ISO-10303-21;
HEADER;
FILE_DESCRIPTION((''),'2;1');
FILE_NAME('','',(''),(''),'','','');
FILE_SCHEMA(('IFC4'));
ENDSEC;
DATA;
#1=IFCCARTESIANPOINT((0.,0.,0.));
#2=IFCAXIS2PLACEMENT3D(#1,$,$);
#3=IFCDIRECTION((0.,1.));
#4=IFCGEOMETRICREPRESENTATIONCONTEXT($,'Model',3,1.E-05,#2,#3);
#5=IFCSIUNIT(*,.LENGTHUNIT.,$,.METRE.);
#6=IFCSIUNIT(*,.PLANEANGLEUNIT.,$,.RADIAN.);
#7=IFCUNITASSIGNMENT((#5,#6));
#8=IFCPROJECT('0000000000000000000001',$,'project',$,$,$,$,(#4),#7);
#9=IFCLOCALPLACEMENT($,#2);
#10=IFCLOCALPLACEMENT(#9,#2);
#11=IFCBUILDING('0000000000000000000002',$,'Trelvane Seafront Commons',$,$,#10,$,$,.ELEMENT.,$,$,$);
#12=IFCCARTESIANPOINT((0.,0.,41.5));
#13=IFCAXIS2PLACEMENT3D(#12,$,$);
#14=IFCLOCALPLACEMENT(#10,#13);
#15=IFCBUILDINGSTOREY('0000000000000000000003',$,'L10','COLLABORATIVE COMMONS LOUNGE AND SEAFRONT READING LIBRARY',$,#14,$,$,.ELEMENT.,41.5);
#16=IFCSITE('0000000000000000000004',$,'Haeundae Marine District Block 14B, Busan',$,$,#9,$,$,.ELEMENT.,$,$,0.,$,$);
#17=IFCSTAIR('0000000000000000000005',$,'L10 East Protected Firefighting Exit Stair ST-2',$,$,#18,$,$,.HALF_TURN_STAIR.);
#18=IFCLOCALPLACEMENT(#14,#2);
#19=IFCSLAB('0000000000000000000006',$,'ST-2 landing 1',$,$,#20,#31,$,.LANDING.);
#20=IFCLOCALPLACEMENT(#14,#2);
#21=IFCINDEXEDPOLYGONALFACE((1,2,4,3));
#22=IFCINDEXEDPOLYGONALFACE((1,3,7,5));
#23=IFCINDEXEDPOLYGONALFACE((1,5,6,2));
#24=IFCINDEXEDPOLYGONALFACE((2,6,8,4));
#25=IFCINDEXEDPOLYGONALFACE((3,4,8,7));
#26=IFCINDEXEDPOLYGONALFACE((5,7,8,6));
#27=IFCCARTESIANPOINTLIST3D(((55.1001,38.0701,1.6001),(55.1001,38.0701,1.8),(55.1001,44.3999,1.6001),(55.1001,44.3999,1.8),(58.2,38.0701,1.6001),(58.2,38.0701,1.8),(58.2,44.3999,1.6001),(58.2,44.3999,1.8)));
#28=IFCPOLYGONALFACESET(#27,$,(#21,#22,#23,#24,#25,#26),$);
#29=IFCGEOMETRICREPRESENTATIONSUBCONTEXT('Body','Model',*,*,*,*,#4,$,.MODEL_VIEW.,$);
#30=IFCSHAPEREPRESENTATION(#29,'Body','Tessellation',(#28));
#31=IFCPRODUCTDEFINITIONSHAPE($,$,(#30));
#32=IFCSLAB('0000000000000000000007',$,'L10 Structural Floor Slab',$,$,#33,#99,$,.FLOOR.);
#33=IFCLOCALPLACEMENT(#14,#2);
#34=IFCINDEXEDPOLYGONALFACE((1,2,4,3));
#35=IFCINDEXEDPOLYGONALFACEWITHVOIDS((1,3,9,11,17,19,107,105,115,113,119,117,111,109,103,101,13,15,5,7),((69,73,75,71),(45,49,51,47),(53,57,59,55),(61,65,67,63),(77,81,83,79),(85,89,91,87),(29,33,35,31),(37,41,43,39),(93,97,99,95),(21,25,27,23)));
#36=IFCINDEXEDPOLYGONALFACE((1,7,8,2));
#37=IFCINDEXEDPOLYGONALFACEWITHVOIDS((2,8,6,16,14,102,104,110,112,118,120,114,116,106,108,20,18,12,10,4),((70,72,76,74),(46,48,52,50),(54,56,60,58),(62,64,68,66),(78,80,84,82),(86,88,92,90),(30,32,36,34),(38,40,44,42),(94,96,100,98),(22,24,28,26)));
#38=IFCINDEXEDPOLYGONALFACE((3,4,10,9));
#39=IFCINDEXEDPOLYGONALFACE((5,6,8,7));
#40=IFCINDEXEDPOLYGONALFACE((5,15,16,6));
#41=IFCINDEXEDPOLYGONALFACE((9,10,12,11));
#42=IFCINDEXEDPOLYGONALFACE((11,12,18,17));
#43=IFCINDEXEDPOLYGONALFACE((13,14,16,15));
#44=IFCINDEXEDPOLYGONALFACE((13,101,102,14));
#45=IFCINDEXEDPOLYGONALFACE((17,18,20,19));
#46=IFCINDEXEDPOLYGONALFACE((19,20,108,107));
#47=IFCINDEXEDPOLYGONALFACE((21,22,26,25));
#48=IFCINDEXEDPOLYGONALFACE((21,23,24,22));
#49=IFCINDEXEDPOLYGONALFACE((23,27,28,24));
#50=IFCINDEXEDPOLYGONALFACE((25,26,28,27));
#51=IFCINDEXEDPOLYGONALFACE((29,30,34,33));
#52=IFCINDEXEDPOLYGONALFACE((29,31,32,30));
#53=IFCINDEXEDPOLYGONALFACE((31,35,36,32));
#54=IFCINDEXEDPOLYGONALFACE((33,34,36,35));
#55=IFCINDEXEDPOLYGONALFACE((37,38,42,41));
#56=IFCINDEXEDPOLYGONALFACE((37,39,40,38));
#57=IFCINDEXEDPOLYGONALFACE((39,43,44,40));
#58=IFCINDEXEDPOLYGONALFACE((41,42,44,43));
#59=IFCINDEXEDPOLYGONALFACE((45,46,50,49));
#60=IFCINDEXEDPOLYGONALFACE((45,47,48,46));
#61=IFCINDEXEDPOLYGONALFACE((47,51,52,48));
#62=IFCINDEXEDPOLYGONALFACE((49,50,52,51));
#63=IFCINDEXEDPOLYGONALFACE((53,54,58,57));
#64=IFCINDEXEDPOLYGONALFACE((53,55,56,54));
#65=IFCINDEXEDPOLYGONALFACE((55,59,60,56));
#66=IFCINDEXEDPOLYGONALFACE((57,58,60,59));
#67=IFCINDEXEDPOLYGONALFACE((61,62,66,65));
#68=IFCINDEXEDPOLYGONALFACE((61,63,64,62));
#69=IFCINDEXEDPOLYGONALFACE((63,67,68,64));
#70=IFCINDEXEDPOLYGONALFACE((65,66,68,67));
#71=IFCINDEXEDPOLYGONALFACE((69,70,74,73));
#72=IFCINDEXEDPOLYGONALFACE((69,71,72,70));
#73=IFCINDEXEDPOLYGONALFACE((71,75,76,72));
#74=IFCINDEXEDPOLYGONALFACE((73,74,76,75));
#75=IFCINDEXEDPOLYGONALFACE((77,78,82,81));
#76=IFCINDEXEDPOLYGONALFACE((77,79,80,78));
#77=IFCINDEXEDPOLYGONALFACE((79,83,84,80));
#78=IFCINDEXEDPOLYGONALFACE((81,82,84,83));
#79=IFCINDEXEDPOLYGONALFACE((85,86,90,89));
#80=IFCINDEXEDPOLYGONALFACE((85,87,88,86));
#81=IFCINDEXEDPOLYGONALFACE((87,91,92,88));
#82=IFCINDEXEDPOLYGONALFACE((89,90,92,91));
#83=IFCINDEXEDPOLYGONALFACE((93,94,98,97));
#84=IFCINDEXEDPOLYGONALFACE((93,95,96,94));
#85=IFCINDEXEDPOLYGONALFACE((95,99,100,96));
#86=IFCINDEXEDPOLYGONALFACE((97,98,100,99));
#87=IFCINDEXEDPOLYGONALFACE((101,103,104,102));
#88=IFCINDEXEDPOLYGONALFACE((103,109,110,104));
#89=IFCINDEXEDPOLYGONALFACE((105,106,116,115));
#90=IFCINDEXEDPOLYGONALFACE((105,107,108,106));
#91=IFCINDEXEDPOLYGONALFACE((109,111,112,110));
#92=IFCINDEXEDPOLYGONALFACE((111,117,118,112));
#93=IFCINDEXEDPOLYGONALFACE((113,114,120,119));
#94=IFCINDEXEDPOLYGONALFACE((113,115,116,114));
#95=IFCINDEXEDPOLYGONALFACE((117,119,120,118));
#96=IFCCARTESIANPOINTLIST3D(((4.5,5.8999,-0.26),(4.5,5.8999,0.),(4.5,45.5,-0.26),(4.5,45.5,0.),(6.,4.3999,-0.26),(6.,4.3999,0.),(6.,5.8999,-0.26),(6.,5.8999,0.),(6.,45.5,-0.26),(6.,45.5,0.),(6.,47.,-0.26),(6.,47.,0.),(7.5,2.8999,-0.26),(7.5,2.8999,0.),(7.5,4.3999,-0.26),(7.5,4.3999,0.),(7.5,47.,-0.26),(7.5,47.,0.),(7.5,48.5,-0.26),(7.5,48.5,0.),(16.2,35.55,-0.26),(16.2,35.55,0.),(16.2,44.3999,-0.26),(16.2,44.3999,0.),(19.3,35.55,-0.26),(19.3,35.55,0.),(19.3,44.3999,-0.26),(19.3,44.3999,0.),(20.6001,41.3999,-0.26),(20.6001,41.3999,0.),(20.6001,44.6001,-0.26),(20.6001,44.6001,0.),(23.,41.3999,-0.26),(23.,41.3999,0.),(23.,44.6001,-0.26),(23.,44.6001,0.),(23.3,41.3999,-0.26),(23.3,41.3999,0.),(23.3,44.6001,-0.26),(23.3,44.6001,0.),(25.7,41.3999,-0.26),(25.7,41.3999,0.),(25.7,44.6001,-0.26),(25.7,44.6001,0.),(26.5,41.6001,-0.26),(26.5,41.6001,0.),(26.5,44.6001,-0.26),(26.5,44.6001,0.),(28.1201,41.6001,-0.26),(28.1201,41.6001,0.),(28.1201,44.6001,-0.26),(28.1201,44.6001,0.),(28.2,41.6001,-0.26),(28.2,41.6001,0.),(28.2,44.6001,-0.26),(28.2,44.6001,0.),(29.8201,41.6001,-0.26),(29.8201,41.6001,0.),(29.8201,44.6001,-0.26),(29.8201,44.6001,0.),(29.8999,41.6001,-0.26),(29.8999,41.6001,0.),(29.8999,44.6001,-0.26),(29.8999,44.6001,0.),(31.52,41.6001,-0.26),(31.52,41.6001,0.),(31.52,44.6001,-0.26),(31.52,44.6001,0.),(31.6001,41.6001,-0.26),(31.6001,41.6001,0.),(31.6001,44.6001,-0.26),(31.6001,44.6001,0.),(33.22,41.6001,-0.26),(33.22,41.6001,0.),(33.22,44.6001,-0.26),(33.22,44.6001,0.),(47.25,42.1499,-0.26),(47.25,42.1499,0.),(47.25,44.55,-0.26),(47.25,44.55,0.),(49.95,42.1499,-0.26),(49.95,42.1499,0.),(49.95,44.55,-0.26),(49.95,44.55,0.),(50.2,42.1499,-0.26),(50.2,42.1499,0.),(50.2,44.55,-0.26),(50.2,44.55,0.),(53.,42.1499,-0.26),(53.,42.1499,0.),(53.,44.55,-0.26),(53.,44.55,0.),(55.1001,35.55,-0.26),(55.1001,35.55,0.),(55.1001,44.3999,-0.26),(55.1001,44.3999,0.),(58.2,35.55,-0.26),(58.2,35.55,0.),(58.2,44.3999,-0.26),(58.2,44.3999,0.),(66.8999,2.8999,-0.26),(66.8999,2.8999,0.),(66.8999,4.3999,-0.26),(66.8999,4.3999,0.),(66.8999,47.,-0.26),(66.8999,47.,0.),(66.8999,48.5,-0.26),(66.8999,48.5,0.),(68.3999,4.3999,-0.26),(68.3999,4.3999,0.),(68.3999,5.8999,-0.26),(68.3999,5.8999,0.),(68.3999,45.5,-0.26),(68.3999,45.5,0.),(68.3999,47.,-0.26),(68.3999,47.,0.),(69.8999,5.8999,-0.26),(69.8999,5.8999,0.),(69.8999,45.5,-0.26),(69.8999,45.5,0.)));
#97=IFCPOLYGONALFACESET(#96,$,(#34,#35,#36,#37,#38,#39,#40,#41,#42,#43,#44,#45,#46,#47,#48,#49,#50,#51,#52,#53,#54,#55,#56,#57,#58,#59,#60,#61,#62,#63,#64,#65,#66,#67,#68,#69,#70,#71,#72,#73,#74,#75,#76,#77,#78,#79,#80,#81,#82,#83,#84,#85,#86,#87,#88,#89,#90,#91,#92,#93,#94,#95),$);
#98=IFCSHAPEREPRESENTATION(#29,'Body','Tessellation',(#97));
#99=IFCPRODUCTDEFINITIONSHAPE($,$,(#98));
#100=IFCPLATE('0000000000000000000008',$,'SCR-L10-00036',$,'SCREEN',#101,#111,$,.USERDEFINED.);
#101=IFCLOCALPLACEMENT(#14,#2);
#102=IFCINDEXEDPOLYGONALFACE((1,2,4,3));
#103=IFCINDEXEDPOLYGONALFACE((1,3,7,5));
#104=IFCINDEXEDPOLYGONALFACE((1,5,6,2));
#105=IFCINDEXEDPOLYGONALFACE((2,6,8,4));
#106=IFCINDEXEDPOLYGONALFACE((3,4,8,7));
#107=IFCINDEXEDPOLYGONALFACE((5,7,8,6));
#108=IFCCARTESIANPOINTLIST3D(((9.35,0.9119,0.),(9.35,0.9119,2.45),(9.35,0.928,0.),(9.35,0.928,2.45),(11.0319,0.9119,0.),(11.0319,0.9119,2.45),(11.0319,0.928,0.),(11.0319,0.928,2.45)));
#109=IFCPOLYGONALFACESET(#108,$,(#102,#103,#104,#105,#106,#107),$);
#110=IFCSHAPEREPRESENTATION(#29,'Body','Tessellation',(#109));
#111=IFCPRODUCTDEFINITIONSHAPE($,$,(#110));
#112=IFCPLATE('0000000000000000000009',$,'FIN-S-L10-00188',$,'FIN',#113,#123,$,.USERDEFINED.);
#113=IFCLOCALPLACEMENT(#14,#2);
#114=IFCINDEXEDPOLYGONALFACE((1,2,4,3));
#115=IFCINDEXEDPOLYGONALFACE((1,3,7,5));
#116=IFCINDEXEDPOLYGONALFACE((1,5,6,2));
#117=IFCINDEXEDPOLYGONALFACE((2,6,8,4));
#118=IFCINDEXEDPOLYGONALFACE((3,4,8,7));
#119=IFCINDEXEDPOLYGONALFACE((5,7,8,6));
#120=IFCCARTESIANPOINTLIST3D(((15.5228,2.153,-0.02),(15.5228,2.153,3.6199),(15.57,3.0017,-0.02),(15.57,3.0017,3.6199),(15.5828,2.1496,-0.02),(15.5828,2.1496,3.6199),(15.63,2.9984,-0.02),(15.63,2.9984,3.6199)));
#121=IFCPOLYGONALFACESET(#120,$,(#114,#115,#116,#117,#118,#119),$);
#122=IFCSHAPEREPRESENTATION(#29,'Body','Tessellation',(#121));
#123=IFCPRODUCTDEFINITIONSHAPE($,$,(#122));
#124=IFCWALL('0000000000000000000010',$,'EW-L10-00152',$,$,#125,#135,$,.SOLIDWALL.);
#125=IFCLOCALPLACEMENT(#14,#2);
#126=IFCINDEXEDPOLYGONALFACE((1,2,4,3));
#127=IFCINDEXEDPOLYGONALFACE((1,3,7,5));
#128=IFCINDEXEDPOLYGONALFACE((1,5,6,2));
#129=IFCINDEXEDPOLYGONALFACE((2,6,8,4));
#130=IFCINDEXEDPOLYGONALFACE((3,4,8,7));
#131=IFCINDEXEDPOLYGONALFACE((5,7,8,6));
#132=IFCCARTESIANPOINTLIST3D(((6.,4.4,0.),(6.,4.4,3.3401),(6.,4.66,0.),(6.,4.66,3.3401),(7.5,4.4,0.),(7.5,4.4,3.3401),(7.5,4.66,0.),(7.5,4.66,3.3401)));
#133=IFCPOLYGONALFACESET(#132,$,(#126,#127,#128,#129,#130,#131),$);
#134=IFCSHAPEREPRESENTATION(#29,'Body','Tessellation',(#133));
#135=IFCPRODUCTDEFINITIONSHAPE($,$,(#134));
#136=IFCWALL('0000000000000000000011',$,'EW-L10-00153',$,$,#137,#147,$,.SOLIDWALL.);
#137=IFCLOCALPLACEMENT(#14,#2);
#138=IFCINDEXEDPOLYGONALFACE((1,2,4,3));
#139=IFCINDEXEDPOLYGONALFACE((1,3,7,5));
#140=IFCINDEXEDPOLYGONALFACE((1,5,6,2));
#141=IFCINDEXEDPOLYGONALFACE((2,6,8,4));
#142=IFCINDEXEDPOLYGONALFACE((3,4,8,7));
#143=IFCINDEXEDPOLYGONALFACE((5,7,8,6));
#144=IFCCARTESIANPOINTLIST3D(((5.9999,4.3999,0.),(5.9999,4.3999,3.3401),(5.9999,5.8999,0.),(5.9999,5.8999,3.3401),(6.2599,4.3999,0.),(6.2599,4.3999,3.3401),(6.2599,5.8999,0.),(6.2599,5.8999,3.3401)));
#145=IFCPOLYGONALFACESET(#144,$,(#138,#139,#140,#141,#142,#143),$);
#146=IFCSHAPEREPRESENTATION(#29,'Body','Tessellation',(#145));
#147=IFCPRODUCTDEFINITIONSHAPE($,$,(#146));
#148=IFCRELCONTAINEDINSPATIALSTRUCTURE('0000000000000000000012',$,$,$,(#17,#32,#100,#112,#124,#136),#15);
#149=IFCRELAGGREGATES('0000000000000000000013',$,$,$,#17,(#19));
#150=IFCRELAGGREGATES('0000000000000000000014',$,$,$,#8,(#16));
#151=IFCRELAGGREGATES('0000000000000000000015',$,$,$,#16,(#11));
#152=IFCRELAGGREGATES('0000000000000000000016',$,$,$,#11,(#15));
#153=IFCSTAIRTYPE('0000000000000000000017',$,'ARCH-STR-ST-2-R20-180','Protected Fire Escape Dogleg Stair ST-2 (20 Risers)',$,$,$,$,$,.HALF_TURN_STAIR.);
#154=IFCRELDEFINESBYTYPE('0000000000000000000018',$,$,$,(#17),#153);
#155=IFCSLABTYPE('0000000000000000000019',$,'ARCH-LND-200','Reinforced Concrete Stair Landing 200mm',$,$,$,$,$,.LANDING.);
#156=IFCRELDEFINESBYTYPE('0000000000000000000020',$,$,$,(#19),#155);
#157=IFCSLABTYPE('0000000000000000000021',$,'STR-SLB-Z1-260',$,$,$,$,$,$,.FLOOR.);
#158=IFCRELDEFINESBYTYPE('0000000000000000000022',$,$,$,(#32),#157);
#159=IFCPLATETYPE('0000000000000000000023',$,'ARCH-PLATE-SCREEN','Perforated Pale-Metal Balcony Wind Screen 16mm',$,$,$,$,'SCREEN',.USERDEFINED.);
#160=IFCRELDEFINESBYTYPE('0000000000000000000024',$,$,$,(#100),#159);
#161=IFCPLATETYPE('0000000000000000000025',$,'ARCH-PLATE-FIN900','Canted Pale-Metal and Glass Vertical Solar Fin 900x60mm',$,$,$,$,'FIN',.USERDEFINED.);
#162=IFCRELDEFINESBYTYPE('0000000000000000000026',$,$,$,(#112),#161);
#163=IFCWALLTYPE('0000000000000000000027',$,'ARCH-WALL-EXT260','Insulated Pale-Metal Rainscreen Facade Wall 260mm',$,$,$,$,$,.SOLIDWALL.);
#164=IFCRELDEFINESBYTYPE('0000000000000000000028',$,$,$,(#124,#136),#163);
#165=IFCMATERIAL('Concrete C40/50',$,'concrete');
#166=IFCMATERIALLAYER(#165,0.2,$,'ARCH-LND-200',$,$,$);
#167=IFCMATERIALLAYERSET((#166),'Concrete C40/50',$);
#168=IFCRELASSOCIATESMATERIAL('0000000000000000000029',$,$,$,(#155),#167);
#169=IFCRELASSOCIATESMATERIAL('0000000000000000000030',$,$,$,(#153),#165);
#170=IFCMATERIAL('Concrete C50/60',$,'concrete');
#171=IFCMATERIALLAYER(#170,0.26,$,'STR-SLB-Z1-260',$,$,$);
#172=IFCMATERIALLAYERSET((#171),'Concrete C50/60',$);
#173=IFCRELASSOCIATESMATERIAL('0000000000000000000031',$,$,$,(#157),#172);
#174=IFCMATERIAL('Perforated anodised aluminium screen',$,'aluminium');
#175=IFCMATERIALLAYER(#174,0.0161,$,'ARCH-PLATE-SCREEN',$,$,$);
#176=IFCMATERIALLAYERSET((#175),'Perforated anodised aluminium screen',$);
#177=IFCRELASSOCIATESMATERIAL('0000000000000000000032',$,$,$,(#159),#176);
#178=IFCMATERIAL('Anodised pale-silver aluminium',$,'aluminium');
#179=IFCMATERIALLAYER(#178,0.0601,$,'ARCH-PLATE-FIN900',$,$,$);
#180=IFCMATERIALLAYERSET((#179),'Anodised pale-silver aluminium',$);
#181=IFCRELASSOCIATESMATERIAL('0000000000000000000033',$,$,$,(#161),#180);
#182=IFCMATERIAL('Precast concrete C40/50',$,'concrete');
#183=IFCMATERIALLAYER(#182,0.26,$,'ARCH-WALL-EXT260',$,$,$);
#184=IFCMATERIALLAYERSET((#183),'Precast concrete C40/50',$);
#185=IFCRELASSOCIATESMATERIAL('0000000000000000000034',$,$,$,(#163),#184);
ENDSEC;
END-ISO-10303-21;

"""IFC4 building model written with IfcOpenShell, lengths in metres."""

from ifc_helpers import new_model, si_unit, direction, frame, frame_2d, origin, origin_2d, place, context, subcontext, project, spatial, polyline, rectangle, outline, extrude, source, transform, mapped, material, layer, layer_set, type_object, element, aggregate, save


model = new_model("IFC4")

# Units and contexts
model_context = context("Model", 3, precision=1e-05, world=origin(), true_north=direction((0.0, 1.0)))
body_context = subcontext(model_context, "Body", "Model", "MODEL_VIEW")
ifc_project = project(units=[si_unit("LENGTHUNIT", "METRE"), si_unit("PLANEANGLEUNIT", "RADIAN")], contexts=[model_context])

# Site, building, storey
site_placement = place(None, origin())
site = spatial("IfcSite", under=ifc_project, at=site_placement, Name="Haeundae Marine District Block 14B, Busan", CompositionType="ELEMENT", RefElevation=0.0)
building_placement = place(site_placement, origin())
building = spatial("IfcBuilding", under=site, at=building_placement, Name="Trelvane Seafront Commons", CompositionType="ELEMENT")
storey_placement = place(building_placement, frame((0.0, 0.0, 41.5)))
storey = spatial("IfcBuildingStorey", under=building, at=storey_placement, Name="L10", Description="COLLABORATIVE COMMONS LOUNGE AND SEAFRONT READING LIBRARY", CompositionType="ELEMENT", Elevation=41.5)

# Shared definitions
ifc_material_1 = material(Name="Concrete C40/50", Category="concrete")

# Stair, slab
ifc_layer_1 = layer(ifc_material_1, 0.2, Name="ARCH-LND-200")
ifc_layer_set_1 = layer_set([ifc_layer_1], Name="Concrete C40/50")
slab_type_1 = type_object("IfcSlabType", Name="ARCH-LND-200", Description="Reinforced Concrete Stair Landing 200mm", PredefinedType="LANDING", material=ifc_layer_set_1)
stair_type_1 = type_object("IfcStairType", Name="ARCH-STR-ST-2-R20-180", Description="Protected Fire Escape Dogleg Stair ST-2 (20 Risers)", PredefinedType="HALF_TURN_STAIR", material=ifc_material_1)
stair_1_placement = place(storey_placement, origin())
stair_1 = element("IfcStair", 1, at=stair_1_placement, inside=storey, type_object=stair_type_1, Name="L10 East Protected Firefighting Exit Stair ST-2", PredefinedType="HALF_TURN_STAIR")
slab_1_placement = place(storey_placement, frame((0.0, 0.0, 1.6001)))
slab_1 = element("IfcSlab", 2, at=slab_1_placement, type_object=slab_type_1, Name="ST-2 landing 1", PredefinedType="LANDING", context=body_context, shape_type="SweptSolid", body=[
    extrude(outline(polyline([(58.2, 38.0701), (58.2, 44.3999), (55.1001, 44.3999), (55.1001, 38.0701), (58.2, 38.0701)])), origin(), (0.0, 0.0, 1.0), 0.2),
])
aggregate(stair_1, [slab_1])

# Slab
ifc_material_2 = material(Name="Concrete C50/60", Category="concrete")
ifc_layer_2 = layer(ifc_material_2, 0.26, Name="STR-SLB-Z1-260")
ifc_layer_set_2 = layer_set([ifc_layer_2], Name="Concrete C50/60")
slab_type_2 = type_object("IfcSlabType", Name="STR-SLB-Z1-260", PredefinedType="FLOOR", material=ifc_layer_set_2)
slab_2_placement = place(storey_placement, frame((0.0, 0.0, -0.26)))
element("IfcSlab", 3, at=slab_2_placement, inside=storey, type_object=slab_type_2, Name="L10 Structural Floor Slab", PredefinedType="FLOOR", context=body_context, shape_type="SweptSolid", body=[
    extrude(outline(polyline([(7.5, 2.8999), (66.8999, 2.8999), (66.8999, 4.3999), (68.3999, 4.3999), (68.3999, 5.8999), (69.8999, 5.8999), (69.8999, 45.5), (68.3999, 45.5), (68.3999, 47.0), (66.8999, 47.0), (66.8999, 48.5), (7.5, 48.5), (7.5, 47.0), (6.0, 47.0), (6.0, 45.5), (4.5, 45.5), (4.5, 5.8999), (6.0, 5.8999), (6.0, 4.3999), (7.5, 4.3999), (7.5, 2.8999)]), holes=[polyline([(19.3, 35.55), (16.2, 35.55), (16.2, 44.3999), (19.3, 44.3999), (19.3, 35.55)]), polyline([(58.2, 35.55), (55.1001, 35.55), (55.1001, 44.3999), (58.2, 44.3999), (58.2, 35.55)]), polyline([(23.0, 41.3999), (20.6001, 41.3999), (20.6001, 44.6001), (23.0, 44.6001), (23.0, 41.3999)]), polyline([(23.3, 41.3999), (23.3, 44.6001), (25.7, 44.6001), (25.7, 41.3999), (23.3, 41.3999)]), polyline([(26.5, 41.6001), (26.5, 44.6001), (28.1201, 44.6001), (28.1201, 41.6001), (26.5, 41.6001)]), polyline([(29.8201, 41.6001), (28.2, 41.6001), (28.2, 44.6001), (29.8201, 44.6001), (29.8201, 41.6001)]), polyline([(31.52, 41.6001), (29.8999, 41.6001), (29.8999, 44.6001), (31.52, 44.6001), (31.52, 41.6001)]), polyline([(33.22, 41.6001), (31.6001, 41.6001), (31.6001, 44.6001), (33.22, 44.6001), (33.22, 41.6001)]), polyline([(47.25, 42.1499), (47.25, 44.55), (49.95, 44.55), (49.95, 42.1499), (47.25, 42.1499)]), polyline([(50.2, 42.1499), (50.2, 44.55), (53.0, 44.55), (53.0, 42.1499), (50.2, 42.1499)])]), origin(), (0.0, 0.0, 1.0), 0.26),
])

# Plates
ifc_material_3 = material(Name="Perforated anodised aluminium screen", Category="aluminium")
ifc_layer_3 = layer(ifc_material_3, 0.0161, Name="ARCH-PLATE-SCREEN")
ifc_layer_set_3 = layer_set([ifc_layer_3], Name="Perforated anodised aluminium screen")
plate_type_1 = type_object("IfcPlateType", Name="ARCH-PLATE-SCREEN", Description="Perforated Pale-Metal Balcony Wind Screen 16mm", ElementType="SCREEN", PredefinedType="USERDEFINED", material=ifc_layer_set_3)
shared_shape_1 = source(origin(), body_context, "Body", "SweptSolid", [
    extrude(rectangle(XDim=1.6819, YDim=0.0161, at=origin_2d()), origin(), (0.0, 0.0, 1.0), 2.45),
])
plate_1_placement = place(storey_placement, frame((10.1909, 0.9199, 0.0), z_axis=(0.0, 0.0, 1.0), x_axis=(1.0, 0.0, 0.0)))
element("IfcPlate", 4, at=plate_1_placement, inside=storey, type_object=plate_type_1, Name="SCR-L10-00036", ObjectType="SCREEN", PredefinedType="USERDEFINED", context=body_context, shape_type="MappedRepresentation", body=[
    mapped(shared_shape_1, transform((0.0, 0.0, 0.0), x_axis=(1.0, 0.0, 0.0), y_axis=(0.0, 1.0, 0.0), z_axis=(0.0, 0.0, 1.0), scale=1.0)),
])
ifc_material_4 = material(Name="Anodised pale-silver aluminium", Category="aluminium")
ifc_layer_4 = layer(ifc_material_4, 0.0601, Name="ARCH-PLATE-FIN900")
ifc_layer_set_4 = layer_set([ifc_layer_4], Name="Anodised pale-silver aluminium")
plate_type_2 = type_object("IfcPlateType", Name="ARCH-PLATE-FIN900", Description="Canted Pale-Metal and Glass Vertical Solar Fin 900x60mm", ElementType="FIN", PredefinedType="USERDEFINED", material=ifc_layer_set_4)
shared_shape_2 = source(origin(), body_context, "Body", "SweptSolid", [
    extrude(rectangle(XDim=0.8501, YDim=0.0601, at=origin_2d()), origin(), (0.0, 0.0, 1.0), 3.6399),
])
plate_2_placement = place(storey_placement, frame((15.5764, 2.5757, -0.02), z_axis=(0.0, 0.0, 1.0), x_axis=(-0.055529, -0.998457, 0.0)))
element("IfcPlate", 5, at=plate_2_placement, inside=storey, type_object=plate_type_2, Name="FIN-S-L10-00188", ObjectType="FIN", PredefinedType="USERDEFINED", context=body_context, shape_type="MappedRepresentation", body=[
    mapped(shared_shape_2, transform((0.0, 0.0, 0.0), x_axis=(1.0, 0.0, 0.0), y_axis=(0.0, 1.0, 0.0), z_axis=(0.0, 0.0, 1.0), scale=1.0)),
])

# Walls
ifc_material_5 = material(Name="Precast concrete C40/50", Category="concrete")
ifc_layer_5 = layer(ifc_material_5, 0.26, Name="ARCH-WALL-EXT260")
ifc_layer_set_5 = layer_set([ifc_layer_5], Name="Precast concrete C40/50")
wall_type_1 = type_object("IfcWallType", Name="ARCH-WALL-EXT260", Description="Insulated Pale-Metal Rainscreen Facade Wall 260mm", PredefinedType="SOLIDWALL", material=ifc_layer_set_5)
for number, where, z_axis, x_axis, name in (
    (6, (7.5, 4.53, 0.0), (0.0, 0.0, 1.0), (-1.0, 0.0, 0.0), "EW-L10-00152"),
    (7, (6.1299, 4.3999, 0.0), (0.0, 0.0, 1.0), (0.0, 1.0, 0.0), "EW-L10-00153"),
):
    element("IfcWall", number, at=place(storey_placement, frame(where, z_axis=z_axis, x_axis=x_axis)), inside=storey, type_object=wall_type_1, Name=name, PredefinedType="SOLIDWALL", context=body_context, shape_type="SweptSolid", body=[
        extrude(rectangle(XDim=1.5, YDim=0.26, at=frame_2d((0.75, 0.0))), origin(), (0.0, 0.0, 1.0), 3.3401),
    ])

save(model, "model.ifc")
